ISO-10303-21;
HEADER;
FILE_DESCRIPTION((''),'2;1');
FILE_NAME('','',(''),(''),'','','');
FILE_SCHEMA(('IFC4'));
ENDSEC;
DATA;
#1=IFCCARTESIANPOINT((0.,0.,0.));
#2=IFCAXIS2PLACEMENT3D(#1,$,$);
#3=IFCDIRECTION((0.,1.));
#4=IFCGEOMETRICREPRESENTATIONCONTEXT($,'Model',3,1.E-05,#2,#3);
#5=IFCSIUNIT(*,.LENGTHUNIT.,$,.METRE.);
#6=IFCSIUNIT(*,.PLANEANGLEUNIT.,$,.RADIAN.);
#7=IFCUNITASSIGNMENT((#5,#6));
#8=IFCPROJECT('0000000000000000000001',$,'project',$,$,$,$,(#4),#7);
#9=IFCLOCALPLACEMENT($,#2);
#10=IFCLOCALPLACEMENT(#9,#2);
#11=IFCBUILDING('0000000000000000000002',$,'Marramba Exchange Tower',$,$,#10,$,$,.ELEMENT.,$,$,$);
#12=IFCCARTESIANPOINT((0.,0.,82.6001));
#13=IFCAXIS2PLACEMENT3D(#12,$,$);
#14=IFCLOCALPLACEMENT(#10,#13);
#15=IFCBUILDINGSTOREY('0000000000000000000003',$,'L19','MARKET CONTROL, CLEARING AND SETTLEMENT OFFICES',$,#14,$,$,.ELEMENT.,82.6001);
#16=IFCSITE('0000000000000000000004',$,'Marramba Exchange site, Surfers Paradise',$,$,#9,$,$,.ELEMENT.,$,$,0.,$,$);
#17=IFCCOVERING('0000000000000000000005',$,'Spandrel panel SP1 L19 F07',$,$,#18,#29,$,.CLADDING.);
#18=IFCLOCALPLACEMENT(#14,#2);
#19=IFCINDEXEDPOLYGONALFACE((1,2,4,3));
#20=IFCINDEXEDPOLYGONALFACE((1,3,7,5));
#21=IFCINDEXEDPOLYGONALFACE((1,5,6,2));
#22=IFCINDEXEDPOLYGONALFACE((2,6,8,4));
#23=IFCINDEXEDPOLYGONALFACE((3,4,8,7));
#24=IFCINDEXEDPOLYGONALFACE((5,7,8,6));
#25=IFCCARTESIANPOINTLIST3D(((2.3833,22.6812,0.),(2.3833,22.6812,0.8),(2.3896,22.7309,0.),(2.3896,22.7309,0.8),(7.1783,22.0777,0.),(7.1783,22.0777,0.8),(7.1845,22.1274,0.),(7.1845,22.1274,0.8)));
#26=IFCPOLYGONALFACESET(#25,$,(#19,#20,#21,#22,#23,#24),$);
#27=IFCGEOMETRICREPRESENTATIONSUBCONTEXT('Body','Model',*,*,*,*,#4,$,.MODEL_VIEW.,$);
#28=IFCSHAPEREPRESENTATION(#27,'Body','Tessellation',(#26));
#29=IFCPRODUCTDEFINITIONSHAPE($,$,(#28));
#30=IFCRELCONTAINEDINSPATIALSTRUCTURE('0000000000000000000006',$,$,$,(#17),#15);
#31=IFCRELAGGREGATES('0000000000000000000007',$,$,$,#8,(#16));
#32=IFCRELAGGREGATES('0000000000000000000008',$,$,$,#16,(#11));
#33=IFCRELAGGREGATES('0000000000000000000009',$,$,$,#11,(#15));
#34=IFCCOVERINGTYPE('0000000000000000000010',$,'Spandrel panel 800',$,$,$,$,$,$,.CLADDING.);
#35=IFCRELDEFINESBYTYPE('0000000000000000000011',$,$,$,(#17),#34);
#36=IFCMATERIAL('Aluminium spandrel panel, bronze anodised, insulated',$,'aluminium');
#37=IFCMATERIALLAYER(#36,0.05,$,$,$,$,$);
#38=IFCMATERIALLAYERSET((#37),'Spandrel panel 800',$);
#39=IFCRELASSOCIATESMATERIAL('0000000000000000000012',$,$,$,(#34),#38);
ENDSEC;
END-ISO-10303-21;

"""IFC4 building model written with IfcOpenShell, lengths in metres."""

from ifc_helpers import new_model, si_unit, direction, frame, origin, origin_2d, place, context, subcontext, project, spatial, rectangle, extrude, material, layer, layer_set, type_object, element, save


model = new_model("IFC4")

# Units and contexts
model_context = context("Model", 3, precision=1e-05, world=origin(), true_north=direction((0.0, 1.0)))
body_context = subcontext(model_context, "Body", "Model", "MODEL_VIEW")
ifc_project = project(units=[si_unit("LENGTHUNIT", "METRE"), si_unit("PLANEANGLEUNIT", "RADIAN")], contexts=[model_context])

# Site, building, storey
site_placement = place(None, origin())
site = spatial("IfcSite", under=ifc_project, at=site_placement, Name="Marramba Exchange site, Surfers Paradise", CompositionType="ELEMENT", RefElevation=0.0)
building_placement = place(site_placement, origin())
building = spatial("IfcBuilding", under=site, at=building_placement, Name="Marramba Exchange Tower", CompositionType="ELEMENT")
storey_placement = place(building_placement, frame((0.0, 0.0, 82.6001)))
storey = spatial("IfcBuildingStorey", under=building, at=storey_placement, Name="L19", Description="MARKET CONTROL, CLEARING AND SETTLEMENT OFFICES", CompositionType="ELEMENT", Elevation=82.6001)

# Covering
ifc_material_1 = material(Name="Aluminium spandrel panel, bronze anodised, insulated", Category="aluminium")
ifc_layer_1 = layer(ifc_material_1, 0.05)
ifc_layer_set_1 = layer_set([ifc_layer_1], Name="Spandrel panel 800")
covering_type = type_object("IfcCoveringType", Name="Spandrel panel 800", PredefinedType="CLADDING", material=ifc_layer_set_1)
covering_1_placement = place(storey_placement, frame((4.7839, 22.4043, 0.0), z_axis=(0.0, 0.0, 1.0), x_axis=(-0.992173, 0.124873, 0.0)))
element("IfcCovering", 1, at=covering_1_placement, inside=storey, type_object=covering_type, Name="Spandrel panel SP1 L19 F07", PredefinedType="CLADDING", context=body_context, shape_type="SweptSolid", body=[
    extrude(rectangle(XDim=4.8328, YDim=0.05, at=origin_2d()), origin(), (0.0, 0.0, 1.0), 0.8),
])

save(model, "model.ifc")
